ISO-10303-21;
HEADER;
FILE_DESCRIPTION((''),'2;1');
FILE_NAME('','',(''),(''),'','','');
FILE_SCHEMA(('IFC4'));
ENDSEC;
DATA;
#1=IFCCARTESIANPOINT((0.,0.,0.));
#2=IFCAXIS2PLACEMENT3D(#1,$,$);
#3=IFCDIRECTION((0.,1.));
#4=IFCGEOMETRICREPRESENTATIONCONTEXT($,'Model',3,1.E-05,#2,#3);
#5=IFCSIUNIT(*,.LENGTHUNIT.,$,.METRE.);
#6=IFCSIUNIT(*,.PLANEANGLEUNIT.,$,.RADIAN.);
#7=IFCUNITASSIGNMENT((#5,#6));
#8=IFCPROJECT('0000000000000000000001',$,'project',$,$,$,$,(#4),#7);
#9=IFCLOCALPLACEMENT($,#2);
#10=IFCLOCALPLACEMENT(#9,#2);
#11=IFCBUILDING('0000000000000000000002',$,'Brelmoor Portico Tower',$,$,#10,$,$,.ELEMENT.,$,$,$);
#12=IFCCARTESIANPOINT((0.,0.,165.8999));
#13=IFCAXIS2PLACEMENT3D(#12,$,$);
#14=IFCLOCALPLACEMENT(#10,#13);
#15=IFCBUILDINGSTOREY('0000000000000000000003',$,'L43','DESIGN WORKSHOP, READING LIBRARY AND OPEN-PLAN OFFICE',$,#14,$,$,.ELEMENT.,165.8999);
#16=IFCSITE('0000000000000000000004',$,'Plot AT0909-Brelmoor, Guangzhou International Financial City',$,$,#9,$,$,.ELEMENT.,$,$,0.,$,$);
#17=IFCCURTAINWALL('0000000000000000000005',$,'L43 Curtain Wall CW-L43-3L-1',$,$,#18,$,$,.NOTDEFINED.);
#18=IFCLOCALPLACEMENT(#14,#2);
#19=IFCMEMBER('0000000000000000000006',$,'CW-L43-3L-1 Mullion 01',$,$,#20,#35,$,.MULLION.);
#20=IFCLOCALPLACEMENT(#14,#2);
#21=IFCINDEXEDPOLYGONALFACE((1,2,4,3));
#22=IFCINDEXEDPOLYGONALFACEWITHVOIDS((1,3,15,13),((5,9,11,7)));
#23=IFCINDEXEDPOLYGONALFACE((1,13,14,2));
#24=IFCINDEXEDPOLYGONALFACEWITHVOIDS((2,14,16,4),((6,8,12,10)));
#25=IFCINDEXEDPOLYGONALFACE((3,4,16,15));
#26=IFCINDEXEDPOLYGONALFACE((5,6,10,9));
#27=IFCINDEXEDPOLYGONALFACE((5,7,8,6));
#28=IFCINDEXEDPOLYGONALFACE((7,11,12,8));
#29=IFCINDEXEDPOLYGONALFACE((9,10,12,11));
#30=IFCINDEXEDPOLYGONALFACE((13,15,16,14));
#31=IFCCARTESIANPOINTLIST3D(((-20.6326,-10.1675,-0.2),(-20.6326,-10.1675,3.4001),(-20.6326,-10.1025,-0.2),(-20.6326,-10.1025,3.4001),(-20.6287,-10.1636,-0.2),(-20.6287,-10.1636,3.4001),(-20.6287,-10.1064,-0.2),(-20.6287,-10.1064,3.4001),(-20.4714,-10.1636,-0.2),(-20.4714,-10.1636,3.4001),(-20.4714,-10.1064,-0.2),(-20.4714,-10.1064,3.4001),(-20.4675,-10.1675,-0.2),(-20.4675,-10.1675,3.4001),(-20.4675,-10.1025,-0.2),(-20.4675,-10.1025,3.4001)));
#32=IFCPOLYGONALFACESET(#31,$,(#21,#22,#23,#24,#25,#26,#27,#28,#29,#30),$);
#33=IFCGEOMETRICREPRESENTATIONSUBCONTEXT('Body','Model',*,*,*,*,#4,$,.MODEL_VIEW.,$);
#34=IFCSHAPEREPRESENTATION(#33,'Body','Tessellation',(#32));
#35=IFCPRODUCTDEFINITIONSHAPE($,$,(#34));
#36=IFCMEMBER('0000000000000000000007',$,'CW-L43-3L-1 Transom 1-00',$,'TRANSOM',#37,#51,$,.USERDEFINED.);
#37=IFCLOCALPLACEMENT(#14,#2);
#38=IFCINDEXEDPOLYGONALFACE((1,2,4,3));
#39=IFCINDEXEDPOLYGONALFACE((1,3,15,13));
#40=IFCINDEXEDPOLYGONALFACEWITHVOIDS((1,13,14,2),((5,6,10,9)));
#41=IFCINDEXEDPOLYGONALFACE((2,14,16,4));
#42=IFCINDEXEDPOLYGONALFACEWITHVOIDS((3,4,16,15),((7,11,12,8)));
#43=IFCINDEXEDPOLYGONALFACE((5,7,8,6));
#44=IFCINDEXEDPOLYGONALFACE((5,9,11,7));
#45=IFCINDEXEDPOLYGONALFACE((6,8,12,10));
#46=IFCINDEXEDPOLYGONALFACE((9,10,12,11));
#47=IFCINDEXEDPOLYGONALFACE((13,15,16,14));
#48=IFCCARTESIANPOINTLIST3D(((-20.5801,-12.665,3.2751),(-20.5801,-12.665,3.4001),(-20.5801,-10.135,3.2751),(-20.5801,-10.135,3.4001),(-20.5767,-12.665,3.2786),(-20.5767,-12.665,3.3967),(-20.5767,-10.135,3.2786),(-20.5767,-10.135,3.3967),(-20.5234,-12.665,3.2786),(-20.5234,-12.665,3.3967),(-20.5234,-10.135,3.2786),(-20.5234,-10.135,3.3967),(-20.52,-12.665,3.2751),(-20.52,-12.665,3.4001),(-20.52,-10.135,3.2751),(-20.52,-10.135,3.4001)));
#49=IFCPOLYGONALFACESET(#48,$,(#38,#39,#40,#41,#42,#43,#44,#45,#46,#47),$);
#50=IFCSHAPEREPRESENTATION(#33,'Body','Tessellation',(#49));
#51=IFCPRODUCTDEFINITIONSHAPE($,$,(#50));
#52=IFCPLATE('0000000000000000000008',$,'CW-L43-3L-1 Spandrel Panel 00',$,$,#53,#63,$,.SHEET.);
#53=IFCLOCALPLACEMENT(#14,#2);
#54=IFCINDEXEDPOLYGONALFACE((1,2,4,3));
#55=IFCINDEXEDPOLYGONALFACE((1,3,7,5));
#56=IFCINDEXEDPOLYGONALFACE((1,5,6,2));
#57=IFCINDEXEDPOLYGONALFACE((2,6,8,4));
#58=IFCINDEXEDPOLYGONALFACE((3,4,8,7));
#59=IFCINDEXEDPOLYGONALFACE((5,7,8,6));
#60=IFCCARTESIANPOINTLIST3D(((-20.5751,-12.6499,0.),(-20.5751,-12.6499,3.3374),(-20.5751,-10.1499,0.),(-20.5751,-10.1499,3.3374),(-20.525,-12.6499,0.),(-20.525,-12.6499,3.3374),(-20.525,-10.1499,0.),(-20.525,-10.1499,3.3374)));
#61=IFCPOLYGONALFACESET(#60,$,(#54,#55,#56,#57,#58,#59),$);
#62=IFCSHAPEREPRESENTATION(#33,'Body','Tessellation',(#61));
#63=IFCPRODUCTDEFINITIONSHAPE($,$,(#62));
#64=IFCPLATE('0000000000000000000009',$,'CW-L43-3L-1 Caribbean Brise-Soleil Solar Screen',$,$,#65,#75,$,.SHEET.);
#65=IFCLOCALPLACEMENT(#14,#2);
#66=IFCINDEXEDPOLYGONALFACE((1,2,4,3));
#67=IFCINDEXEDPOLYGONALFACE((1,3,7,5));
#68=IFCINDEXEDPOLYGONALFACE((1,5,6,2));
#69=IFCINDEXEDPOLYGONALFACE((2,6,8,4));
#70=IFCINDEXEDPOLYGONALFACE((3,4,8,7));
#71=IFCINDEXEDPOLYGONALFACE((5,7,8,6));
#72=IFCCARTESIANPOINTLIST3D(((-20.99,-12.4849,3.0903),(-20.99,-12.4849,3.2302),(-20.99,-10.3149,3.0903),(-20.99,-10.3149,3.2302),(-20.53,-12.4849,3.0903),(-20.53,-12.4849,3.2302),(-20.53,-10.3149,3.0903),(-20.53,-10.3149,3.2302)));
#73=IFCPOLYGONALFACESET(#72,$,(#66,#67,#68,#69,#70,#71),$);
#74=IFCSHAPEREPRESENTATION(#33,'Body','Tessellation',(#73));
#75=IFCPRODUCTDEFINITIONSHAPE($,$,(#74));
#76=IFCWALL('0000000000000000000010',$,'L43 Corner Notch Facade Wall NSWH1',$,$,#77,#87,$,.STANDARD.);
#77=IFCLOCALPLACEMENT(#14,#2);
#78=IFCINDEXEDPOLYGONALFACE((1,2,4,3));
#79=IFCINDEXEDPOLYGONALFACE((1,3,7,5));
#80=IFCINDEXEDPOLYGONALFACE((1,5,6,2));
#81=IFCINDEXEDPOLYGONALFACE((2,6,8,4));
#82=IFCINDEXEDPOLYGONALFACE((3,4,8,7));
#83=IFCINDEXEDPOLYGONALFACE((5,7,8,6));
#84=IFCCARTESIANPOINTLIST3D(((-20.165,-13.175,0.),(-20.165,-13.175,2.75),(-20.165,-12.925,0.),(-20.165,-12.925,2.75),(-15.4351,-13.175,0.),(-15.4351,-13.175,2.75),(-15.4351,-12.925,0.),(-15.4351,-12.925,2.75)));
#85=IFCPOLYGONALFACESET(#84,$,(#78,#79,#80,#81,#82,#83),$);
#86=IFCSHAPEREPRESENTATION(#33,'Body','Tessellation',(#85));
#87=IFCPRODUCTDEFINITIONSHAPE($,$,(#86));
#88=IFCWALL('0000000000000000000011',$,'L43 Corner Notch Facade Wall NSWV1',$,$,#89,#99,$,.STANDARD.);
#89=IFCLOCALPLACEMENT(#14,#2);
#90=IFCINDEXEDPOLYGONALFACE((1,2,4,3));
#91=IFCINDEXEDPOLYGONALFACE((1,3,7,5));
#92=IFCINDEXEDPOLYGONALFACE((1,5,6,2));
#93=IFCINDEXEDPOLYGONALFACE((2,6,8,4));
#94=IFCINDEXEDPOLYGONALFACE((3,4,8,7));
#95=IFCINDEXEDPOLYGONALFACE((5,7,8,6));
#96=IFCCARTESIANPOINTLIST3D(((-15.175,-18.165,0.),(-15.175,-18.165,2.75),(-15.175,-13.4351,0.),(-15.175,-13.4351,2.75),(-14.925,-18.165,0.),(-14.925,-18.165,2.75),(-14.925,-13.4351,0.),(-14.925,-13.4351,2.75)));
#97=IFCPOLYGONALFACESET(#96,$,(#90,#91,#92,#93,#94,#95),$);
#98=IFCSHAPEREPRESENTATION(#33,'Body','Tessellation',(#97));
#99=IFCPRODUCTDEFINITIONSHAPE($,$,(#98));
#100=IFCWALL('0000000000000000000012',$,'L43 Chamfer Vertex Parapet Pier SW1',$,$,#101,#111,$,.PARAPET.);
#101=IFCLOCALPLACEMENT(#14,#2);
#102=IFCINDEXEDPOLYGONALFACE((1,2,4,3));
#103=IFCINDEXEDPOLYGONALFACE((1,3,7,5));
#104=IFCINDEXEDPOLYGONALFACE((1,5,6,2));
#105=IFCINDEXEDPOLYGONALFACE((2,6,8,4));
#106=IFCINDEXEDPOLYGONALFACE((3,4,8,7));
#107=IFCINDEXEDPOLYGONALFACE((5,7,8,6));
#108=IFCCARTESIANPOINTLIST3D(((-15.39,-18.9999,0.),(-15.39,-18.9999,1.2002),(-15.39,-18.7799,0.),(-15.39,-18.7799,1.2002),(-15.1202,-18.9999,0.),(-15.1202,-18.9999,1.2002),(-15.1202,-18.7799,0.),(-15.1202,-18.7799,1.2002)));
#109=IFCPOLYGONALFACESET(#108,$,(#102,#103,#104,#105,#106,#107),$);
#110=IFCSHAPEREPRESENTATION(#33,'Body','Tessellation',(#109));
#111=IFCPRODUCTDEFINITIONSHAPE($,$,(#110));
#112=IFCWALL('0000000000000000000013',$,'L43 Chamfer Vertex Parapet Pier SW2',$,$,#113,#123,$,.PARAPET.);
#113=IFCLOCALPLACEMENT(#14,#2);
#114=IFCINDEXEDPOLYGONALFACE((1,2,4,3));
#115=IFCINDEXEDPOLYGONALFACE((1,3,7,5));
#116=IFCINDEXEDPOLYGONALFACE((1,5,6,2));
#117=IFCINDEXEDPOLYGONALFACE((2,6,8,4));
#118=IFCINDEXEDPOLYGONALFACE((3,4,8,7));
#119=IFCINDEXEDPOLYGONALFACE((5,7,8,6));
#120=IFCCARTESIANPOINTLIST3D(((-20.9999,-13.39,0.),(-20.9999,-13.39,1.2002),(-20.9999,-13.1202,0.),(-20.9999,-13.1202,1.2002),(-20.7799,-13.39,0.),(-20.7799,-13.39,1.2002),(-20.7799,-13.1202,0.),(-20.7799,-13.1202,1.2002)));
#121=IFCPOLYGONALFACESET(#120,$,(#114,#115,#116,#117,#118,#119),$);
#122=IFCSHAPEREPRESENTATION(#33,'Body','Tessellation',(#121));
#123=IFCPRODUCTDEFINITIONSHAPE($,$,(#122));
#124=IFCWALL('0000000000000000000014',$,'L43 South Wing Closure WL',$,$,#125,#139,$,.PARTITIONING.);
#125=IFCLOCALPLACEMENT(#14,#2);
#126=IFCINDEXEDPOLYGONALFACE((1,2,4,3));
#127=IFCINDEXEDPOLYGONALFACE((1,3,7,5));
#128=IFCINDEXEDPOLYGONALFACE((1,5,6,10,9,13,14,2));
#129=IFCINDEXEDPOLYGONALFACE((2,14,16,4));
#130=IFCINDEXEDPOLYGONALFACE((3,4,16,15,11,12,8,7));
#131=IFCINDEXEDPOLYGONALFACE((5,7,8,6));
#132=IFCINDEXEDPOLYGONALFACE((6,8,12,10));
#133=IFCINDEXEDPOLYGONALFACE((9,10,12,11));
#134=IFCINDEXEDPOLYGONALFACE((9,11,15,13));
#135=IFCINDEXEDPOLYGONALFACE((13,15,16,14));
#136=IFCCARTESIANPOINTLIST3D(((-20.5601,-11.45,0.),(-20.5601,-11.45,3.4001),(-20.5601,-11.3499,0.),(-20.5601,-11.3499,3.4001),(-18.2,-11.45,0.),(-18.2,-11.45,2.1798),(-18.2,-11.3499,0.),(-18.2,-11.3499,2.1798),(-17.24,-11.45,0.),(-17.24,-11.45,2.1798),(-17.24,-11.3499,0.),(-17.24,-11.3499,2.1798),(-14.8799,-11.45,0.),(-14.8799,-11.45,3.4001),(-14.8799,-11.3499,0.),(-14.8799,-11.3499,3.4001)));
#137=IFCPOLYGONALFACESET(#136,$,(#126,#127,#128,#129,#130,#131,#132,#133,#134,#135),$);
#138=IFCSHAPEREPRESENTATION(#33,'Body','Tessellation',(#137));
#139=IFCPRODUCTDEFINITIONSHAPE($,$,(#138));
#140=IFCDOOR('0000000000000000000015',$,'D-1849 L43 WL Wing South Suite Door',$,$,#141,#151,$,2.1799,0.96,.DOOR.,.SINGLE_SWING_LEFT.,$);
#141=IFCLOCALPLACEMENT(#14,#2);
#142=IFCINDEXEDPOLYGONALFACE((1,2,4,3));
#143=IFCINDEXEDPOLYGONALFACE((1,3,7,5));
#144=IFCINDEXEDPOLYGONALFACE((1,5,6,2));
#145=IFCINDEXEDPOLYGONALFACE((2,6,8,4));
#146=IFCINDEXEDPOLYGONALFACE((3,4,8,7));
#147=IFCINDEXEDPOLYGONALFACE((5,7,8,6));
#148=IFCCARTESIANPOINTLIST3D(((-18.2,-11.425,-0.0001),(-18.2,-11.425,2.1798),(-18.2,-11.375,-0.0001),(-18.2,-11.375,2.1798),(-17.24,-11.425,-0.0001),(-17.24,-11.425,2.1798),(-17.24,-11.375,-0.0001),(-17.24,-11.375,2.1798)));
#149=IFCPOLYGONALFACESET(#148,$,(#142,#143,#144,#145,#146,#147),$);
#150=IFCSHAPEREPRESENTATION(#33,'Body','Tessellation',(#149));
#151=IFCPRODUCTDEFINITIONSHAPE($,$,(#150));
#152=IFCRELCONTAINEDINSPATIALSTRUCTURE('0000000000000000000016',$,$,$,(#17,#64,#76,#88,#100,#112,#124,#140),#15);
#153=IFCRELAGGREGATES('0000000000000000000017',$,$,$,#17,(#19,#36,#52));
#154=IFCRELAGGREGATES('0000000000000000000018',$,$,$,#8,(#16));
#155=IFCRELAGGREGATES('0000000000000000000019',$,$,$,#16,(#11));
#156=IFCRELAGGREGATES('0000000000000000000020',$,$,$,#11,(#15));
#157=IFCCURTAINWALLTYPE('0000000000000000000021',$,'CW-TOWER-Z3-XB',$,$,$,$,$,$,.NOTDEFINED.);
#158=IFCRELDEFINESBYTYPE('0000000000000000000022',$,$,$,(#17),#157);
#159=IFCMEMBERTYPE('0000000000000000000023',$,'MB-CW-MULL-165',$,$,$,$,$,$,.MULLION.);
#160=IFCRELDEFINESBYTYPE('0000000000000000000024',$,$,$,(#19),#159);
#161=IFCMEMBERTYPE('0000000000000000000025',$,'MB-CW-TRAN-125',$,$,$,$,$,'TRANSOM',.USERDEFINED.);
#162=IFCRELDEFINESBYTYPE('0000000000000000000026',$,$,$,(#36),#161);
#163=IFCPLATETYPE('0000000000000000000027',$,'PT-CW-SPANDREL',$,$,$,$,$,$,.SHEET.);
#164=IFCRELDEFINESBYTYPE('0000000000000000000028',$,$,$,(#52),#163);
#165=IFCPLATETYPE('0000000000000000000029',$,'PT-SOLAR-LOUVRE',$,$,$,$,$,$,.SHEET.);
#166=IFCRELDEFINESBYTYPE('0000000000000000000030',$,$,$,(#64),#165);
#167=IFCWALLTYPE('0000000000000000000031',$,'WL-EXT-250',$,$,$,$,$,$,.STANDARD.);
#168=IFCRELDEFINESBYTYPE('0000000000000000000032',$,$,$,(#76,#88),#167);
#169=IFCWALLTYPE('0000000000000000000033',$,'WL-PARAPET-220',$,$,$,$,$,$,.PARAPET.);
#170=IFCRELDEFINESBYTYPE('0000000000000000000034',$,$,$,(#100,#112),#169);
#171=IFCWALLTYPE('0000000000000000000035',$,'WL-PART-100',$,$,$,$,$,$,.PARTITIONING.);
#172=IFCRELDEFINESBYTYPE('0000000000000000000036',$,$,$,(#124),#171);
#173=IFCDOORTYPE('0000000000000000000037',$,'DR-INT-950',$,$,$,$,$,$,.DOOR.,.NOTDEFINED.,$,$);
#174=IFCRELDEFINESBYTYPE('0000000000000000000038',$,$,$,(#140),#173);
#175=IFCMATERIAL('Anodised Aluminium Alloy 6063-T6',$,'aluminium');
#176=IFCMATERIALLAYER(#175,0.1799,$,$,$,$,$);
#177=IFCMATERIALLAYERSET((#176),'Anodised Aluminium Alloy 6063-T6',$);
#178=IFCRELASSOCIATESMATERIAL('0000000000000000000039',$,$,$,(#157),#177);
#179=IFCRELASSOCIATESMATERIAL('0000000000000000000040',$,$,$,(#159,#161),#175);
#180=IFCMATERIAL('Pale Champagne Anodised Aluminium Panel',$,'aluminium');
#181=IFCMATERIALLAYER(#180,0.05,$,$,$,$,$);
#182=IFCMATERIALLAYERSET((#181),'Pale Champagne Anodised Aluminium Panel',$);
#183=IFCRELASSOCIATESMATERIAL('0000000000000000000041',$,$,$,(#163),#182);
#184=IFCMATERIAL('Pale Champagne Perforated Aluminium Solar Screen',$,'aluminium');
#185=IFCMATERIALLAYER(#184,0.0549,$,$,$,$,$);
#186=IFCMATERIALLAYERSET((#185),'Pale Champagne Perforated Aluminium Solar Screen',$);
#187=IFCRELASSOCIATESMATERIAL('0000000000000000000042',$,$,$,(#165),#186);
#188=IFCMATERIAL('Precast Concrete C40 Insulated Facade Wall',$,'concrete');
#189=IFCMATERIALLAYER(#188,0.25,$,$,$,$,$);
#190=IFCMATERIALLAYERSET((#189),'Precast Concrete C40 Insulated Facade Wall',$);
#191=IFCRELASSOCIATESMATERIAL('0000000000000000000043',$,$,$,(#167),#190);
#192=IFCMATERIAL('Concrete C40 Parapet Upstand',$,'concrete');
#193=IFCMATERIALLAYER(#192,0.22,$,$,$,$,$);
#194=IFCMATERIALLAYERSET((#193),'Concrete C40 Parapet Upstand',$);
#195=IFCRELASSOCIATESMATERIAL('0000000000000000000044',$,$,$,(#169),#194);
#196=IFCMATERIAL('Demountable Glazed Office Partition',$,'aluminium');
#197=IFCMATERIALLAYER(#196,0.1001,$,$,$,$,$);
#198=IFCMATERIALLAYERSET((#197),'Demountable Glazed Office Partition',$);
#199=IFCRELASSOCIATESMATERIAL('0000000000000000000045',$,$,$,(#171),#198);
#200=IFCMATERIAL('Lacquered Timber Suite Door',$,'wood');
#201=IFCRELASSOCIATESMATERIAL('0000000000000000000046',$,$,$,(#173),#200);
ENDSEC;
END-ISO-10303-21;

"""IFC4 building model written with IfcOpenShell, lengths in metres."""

from ifc_helpers import new_model, si_unit, direction, frame, frame_2d, origin, origin_2d, place, context, subcontext, project, spatial, rectangle, hollow_rectangle, extrude, material, layer, layer_set, material_profile, profile_set, type_object, element, fill, aggregate, save


model = new_model("IFC4")

# Units and contexts
model_context = context("Model", 3, precision=1e-05, world=origin(), true_north=direction((0.0, 1.0)))
body_context = subcontext(model_context, "Body", "Model", "MODEL_VIEW")
ifc_project = project(units=[si_unit("LENGTHUNIT", "METRE"), si_unit("PLANEANGLEUNIT", "RADIAN")], contexts=[model_context])

# Site, building, storey
site_placement = place(None, origin())
site = spatial("IfcSite", under=ifc_project, at=site_placement, Name="Plot AT0909-Brelmoor, Guangzhou International Financial City", CompositionType="ELEMENT", RefElevation=0.0)
building_placement = place(site_placement, origin())
building = spatial("IfcBuilding", under=site, at=building_placement, Name="Brelmoor Portico Tower", CompositionType="ELEMENT")
storey_placement = place(building_placement, frame((0.0, 0.0, 165.8999)))
storey = spatial("IfcBuildingStorey", under=building, at=storey_placement, Name="L43", Description="DESIGN WORKSHOP, READING LIBRARY AND OPEN-PLAN OFFICE", CompositionType="ELEMENT", Elevation=165.8999)

# Curtain wall, members, plate
ifc_material_1 = material(Name="Anodised Aluminium Alloy 6063-T6", Category="aluminium")
ifc_layer_1 = layer(ifc_material_1, 0.1799)
ifc_layer_set_1 = layer_set([ifc_layer_1], Name="Anodised Aluminium Alloy 6063-T6")
curtain_wall_type = type_object("IfcCurtainWallType", Name="CW-TOWER-Z3-XB", PredefinedType="NOTDEFINED", material=ifc_layer_set_1)
curtain_wall_placement = place(storey_placement, origin())
curtain_wall = element("IfcCurtainWall", 1, at=curtain_wall_placement, inside=storey, type_object=curtain_wall_type, Name="L43 Curtain Wall CW-L43-3L-1", PredefinedType="NOTDEFINED")
ifc_material_profile_1 = material_profile(ifc_material_1, hollow_rectangle(XDim=0.0649, YDim=0.165, WallThickness=0.0039, at=origin_2d()), Name="ALU MULLION 65x165")
ifc_profile_set_1 = profile_set([ifc_material_profile_1], Name="Anodised Aluminium Alloy 6063-T6")
member_type_1 = type_object("IfcMemberType", Name="MB-CW-MULL-165", PredefinedType="MULLION", material=ifc_profile_set_1)
member_1_placement = place(storey_placement, frame((-20.55, -10.135, -0.2), z_axis=(0.0, 0.0, 1.0), x_axis=(0.0, 1.0, 0.0)))
member_1 = element("IfcMember", 2, at=member_1_placement, type_object=member_type_1, Name="CW-L43-3L-1 Mullion 01", PredefinedType="MULLION", context=body_context, shape_type="SweptSolid", body=[
    extrude(hollow_rectangle(XDim=0.0649, YDim=0.165, WallThickness=0.0039, at=origin_2d()), origin(), (0.0, 0.0, 1.0), 3.6001),
])
ifc_material_profile_2 = material_profile(ifc_material_1, hollow_rectangle(XDim=0.0601, YDim=0.125, WallThickness=0.0034, at=origin_2d()), Name="ALU TRANSOM 60x125")
ifc_profile_set_2 = profile_set([ifc_material_profile_2], Name="Anodised Aluminium Alloy 6063-T6")
member_type_2 = type_object("IfcMemberType", Name="MB-CW-TRAN-125", ElementType="TRANSOM", PredefinedType="USERDEFINED", material=ifc_profile_set_2)
member_2_placement = place(storey_placement, frame((-20.55, -12.665, 3.3376), z_axis=(0.0, 1.0, 0.0), x_axis=(-1.0, 0.0, 0.0)))
member_2 = element("IfcMember", 3, at=member_2_placement, type_object=member_type_2, Name="CW-L43-3L-1 Transom 1-00", ObjectType="TRANSOM", PredefinedType="USERDEFINED", context=body_context, shape_type="SweptSolid", body=[
    extrude(hollow_rectangle(XDim=0.0601, YDim=0.125, WallThickness=0.0034, at=origin_2d()), origin(), (0.0, 0.0, 1.0), 2.53),
])
ifc_material_2 = material(Name="Pale Champagne Anodised Aluminium Panel", Category="aluminium")
ifc_layer_2 = layer(ifc_material_2, 0.05)
ifc_layer_set_2 = layer_set([ifc_layer_2], Name="Pale Champagne Anodised Aluminium Panel")
plate_type_1 = type_object("IfcPlateType", Name="PT-CW-SPANDREL", PredefinedType="SHEET", material=ifc_layer_set_2)
plate_1_placement = place(storey_placement, frame((-20.55, -11.3999, 0.0), z_axis=(0.0, 0.0, 1.0), x_axis=(0.0, 1.0, 0.0)))
plate_1 = element("IfcPlate", 4, at=plate_1_placement, type_object=plate_type_1, Name="CW-L43-3L-1 Spandrel Panel 00", PredefinedType="SHEET", context=body_context, shape_type="SweptSolid", body=[
    extrude(rectangle(XDim=2.5, YDim=0.05, at=origin_2d()), origin(), (0.0, 0.0, 1.0), 3.3374),
])
aggregate(curtain_wall, [member_1, member_2, plate_1])

# Plate
ifc_material_3 = material(Name="Pale Champagne Perforated Aluminium Solar Screen", Category="aluminium")
ifc_layer_3 = layer(ifc_material_3, 0.0549)
ifc_layer_set_3 = layer_set([ifc_layer_3], Name="Pale Champagne Perforated Aluminium Solar Screen")
plate_type_2 = type_object("IfcPlateType", Name="PT-SOLAR-LOUVRE", PredefinedType="SHEET", material=ifc_layer_set_3)
plate_2_placement = place(storey_placement, frame((-20.76, -11.3999, 3.0903), z_axis=(0.0, 0.0, 1.0), x_axis=(0.0, 1.0, 0.0)))
element("IfcPlate", 5, at=plate_2_placement, inside=storey, type_object=plate_type_2, Name="CW-L43-3L-1 Caribbean Brise-Soleil Solar Screen", PredefinedType="SHEET", context=body_context, shape_type="SweptSolid", body=[
    extrude(rectangle(XDim=2.1699, YDim=0.46, at=origin_2d()), origin(), (0.0, 0.0, 1.0), 0.1399),
])

# Walls
ifc_material_4 = material(Name="Precast Concrete C40 Insulated Facade Wall", Category="concrete")
ifc_layer_4 = layer(ifc_material_4, 0.25)
ifc_layer_set_4 = layer_set([ifc_layer_4], Name="Precast Concrete C40 Insulated Facade Wall")
wall_type_1 = type_object("IfcWallType", Name="WL-EXT-250", PredefinedType="STANDARD", material=ifc_layer_set_4)
for number, where, z_axis, x_axis, name in (
    (6, (-20.165, -13.05, 0.0), (0.0, 0.0, 1.0), (1.0, 0.0, 0.0), "L43 Corner Notch Facade Wall NSWH1"),
    (7, (-15.05, -18.165, 0.0), (0.0, 0.0, 1.0), (0.0, 1.0, 0.0), "L43 Corner Notch Facade Wall NSWV1"),
):
    element("IfcWall", number, at=place(storey_placement, frame(where, z_axis=z_axis, x_axis=x_axis)), inside=storey, type_object=wall_type_1, Name=name, PredefinedType="STANDARD", context=body_context, shape_type="SweptSolid", body=[
        extrude(rectangle(XDim=4.73, YDim=0.25, at=frame_2d((2.365, 0.0))), origin(), (0.0, 0.0, 1.0), 2.75),
    ])
ifc_material_5 = material(Name="Concrete C40 Parapet Upstand", Category="concrete")
ifc_layer_5 = layer(ifc_material_5, 0.22)
ifc_layer_set_5 = layer_set([ifc_layer_5], Name="Concrete C40 Parapet Upstand")
wall_type_2 = type_object("IfcWallType", Name="WL-PARAPET-220", PredefinedType="PARAPET", material=ifc_layer_set_5)
for number, where, z_axis, x_axis, name in (
    (8, (-15.3899, -18.8899, 0.0), (0.0, 0.0, 1.0), (1.0, 0.0, 0.0), "L43 Chamfer Vertex Parapet Pier SW1"),
    (9, (-20.8899, -13.3899, 0.0), (0.0, 0.0, 1.0), (0.0, 1.0, 0.0), "L43 Chamfer Vertex Parapet Pier SW2"),
):
    element("IfcWall", number, at=place(storey_placement, frame(where, z_axis=z_axis, x_axis=x_axis)), inside=storey, type_object=wall_type_2, Name=name, PredefinedType="PARAPET", context=body_context, shape_type="SweptSolid", body=[
        extrude(rectangle(XDim=0.2698, YDim=0.22, at=frame_2d((0.1348, 0.0))), origin(), (0.0, 0.0, 1.0), 1.2002),
    ])

# Wall, opening, door
ifc_material_6 = material(Name="Demountable Glazed Office Partition", Category="aluminium")
ifc_layer_6 = layer(ifc_material_6, 0.1001)
ifc_layer_set_6 = layer_set([ifc_layer_6], Name="Demountable Glazed Office Partition")
wall_type_3 = type_object("IfcWallType", Name="WL-PART-100", PredefinedType="PARTITIONING", material=ifc_layer_set_6)
wall_placement = place(storey_placement, frame((-20.5601, -11.3999, 0.0), z_axis=(0.0, 0.0, 1.0), x_axis=(1.0, 0.0, 0.0)))
wall = element("IfcWall", 10, at=wall_placement, inside=storey, type_object=wall_type_3, Name="L43 South Wing Closure WL", PredefinedType="PARTITIONING", context=body_context, shape_type="SweptSolid", body=[
    extrude(rectangle(XDim=5.6802, YDim=0.1001, at=frame_2d((2.8401, 0.0))), origin(), (0.0, 0.0, 1.0), 3.4001),
])
opening_placement = place(wall_placement, frame((2.3601, 0.0, 0.0)))
opening = element("IfcOpeningElement", 11, at=opening_placement, cuts=wall, PredefinedType="OPENING", context=body_context, shape_type="SweptSolid", body=[
    extrude(rectangle(XDim=0.96, YDim=2.1799, at=frame_2d((0.48, 1.0898))), frame((0.0, 0.0601, 0.0), z_axis=(0.0, -1.0, 0.0), x_axis=(1.0, 0.0, 0.0)), (0.0, 0.0, 1.0), 0.1201),
])
ifc_material_7 = material(Name="Lacquered Timber Suite Door", Category="wood")
door_type = type_object("IfcDoorType", Name="DR-INT-950", OperationType="NOTDEFINED", PredefinedType="DOOR", material=ifc_material_7)
door_placement = place(opening_placement, origin())
door = element("IfcDoor", 12, at=door_placement, inside=storey, type_object=door_type, Name="D-1849 L43 WL Wing South Suite Door", OperationType="SINGLE_SWING_LEFT", OverallHeight=2.1799, OverallWidth=0.96, PredefinedType="DOOR", context=body_context, shape_type="SweptSolid", body=[
    extrude(rectangle(XDim=0.96, YDim=2.1799, at=frame_2d((0.48, 1.0898))), frame((0.0, 0.0249, 0.0), z_axis=(0.0, -1.0, 0.0), x_axis=(1.0, 0.0, 0.0)), (0.0, 0.0, 1.0), 0.05),
])
fill(opening, door)

save(model, "model.ifc")
